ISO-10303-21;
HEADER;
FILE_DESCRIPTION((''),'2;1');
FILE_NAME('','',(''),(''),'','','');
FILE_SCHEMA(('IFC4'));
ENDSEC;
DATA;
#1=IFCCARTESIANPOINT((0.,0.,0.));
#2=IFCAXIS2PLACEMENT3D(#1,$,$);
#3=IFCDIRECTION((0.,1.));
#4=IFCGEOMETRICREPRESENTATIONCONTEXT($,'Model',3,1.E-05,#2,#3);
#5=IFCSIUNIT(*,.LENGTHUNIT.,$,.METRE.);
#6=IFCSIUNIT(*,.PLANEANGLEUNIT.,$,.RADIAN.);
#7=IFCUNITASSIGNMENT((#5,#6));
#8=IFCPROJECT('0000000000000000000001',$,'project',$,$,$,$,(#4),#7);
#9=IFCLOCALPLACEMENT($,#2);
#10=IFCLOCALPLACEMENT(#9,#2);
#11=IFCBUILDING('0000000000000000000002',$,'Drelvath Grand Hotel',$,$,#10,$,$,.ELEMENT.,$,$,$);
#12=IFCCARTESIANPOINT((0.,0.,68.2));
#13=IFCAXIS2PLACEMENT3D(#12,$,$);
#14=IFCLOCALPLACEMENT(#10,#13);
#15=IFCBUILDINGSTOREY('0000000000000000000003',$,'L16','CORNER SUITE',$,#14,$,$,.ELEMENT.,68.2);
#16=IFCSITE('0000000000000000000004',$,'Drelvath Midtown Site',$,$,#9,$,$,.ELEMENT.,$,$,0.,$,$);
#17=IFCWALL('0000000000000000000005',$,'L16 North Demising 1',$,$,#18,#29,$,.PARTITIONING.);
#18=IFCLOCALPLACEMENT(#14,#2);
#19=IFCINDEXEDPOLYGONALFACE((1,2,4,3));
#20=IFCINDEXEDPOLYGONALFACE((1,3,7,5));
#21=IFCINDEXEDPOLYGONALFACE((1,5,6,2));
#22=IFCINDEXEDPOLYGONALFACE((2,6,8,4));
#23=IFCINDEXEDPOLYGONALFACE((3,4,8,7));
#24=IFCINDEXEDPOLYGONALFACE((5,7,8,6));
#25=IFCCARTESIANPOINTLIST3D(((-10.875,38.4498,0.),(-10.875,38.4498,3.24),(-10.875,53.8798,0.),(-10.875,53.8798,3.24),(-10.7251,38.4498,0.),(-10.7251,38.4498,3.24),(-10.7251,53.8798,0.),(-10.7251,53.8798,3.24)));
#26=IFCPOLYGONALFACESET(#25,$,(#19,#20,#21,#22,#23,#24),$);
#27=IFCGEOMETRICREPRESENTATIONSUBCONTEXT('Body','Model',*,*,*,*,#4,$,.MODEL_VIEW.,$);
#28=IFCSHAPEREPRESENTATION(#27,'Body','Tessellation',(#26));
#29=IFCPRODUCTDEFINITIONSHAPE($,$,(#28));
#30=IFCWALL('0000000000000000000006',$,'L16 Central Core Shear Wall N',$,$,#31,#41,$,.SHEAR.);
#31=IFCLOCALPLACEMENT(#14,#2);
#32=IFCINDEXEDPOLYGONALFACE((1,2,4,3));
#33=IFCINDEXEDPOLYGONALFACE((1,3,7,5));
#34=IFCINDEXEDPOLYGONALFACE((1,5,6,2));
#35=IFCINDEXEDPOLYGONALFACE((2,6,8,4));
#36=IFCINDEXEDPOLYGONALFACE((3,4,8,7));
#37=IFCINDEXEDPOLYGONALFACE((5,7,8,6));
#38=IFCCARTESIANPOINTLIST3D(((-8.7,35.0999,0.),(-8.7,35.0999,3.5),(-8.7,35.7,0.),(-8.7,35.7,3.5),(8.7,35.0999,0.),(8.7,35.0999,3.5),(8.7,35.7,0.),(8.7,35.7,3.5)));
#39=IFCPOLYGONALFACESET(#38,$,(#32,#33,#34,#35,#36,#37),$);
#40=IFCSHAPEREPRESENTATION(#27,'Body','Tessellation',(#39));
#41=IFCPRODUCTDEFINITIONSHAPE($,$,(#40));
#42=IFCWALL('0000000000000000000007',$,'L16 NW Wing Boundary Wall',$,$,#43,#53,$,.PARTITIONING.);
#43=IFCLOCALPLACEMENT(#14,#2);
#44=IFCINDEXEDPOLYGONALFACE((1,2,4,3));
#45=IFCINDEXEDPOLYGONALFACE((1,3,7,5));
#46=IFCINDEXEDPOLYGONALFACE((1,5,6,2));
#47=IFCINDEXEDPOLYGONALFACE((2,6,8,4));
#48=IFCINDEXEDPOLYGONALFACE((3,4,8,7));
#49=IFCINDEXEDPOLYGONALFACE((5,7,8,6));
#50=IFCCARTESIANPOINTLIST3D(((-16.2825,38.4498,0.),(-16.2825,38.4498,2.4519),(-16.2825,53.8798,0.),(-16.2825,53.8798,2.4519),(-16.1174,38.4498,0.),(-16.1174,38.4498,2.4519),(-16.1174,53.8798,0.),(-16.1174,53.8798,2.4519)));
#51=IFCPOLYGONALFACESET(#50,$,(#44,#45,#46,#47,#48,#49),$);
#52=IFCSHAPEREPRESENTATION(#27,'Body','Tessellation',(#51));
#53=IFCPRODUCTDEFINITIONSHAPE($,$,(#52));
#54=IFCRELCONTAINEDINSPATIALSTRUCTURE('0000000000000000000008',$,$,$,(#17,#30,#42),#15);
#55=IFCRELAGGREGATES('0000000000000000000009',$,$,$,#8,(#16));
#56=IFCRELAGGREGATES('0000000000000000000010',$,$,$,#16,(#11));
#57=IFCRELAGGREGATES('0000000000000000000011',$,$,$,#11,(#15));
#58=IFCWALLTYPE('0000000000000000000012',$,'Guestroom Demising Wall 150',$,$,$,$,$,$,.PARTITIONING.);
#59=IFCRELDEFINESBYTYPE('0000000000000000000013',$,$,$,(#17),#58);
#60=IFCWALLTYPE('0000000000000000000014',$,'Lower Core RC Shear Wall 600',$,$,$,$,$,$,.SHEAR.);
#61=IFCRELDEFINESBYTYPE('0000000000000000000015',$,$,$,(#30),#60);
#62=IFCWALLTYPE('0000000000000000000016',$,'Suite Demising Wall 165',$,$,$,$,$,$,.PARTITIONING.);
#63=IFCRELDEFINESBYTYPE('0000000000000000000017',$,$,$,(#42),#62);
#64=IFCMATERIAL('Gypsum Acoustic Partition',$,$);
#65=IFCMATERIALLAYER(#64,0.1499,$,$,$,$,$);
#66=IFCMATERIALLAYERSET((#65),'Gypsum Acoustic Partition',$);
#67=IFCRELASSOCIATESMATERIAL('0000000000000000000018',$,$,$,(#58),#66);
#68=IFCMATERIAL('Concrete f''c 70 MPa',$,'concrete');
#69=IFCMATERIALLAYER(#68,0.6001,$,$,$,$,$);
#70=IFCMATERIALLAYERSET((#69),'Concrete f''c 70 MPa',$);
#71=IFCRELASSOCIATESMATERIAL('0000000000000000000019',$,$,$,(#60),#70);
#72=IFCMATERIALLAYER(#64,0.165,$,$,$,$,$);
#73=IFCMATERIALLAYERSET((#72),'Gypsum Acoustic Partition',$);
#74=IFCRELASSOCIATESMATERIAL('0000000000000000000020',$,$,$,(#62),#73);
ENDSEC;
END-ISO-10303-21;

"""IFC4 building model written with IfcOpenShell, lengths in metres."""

from ifc_helpers import new_model, si_unit, direction, frame, frame_2d, origin, place, context, subcontext, project, spatial, rectangle, extrude, material, layer, layer_set, type_object, element, save


model = new_model("IFC4")

# Units and contexts
model_context = context("Model", 3, precision=1e-05, world=origin(), true_north=direction((0.0, 1.0)))
body_context = subcontext(model_context, "Body", "Model", "MODEL_VIEW")
ifc_project = project(units=[si_unit("LENGTHUNIT", "METRE"), si_unit("PLANEANGLEUNIT", "RADIAN")], contexts=[model_context])

# Site, building, storey
site_placement = place(None, origin())
site = spatial("IfcSite", under=ifc_project, at=site_placement, Name="Drelvath Midtown Site", CompositionType="ELEMENT", RefElevation=0.0)
building_placement = place(site_placement, origin())
building = spatial("IfcBuilding", under=site, at=building_placement, Name="Drelvath Grand Hotel", CompositionType="ELEMENT")
storey_placement = place(building_placement, frame((0.0, 0.0, 68.2)))
storey = spatial("IfcBuildingStorey", under=building, at=storey_placement, Name="L16", Description="CORNER SUITE", CompositionType="ELEMENT", Elevation=68.2)

# Shared definitions
ifc_material_1 = material(Name="Concrete f'c 70 MPa", Category="concrete")

# Walls
ifc_material_2 = material(Name="Gypsum Acoustic Partition")
ifc_layer_1 = layer(ifc_material_2, 0.1499)
ifc_layer_set_1 = layer_set([ifc_layer_1], Name="Gypsum Acoustic Partition")
wall_type_1 = type_object("IfcWallType", Name="Guestroom Demising Wall 150", PredefinedType="PARTITIONING", material=ifc_layer_set_1)
wall_1_placement = place(storey_placement, frame((-10.8, 38.45, 0.0), z_axis=(0.0, 0.0, 1.0), x_axis=(0.0, 1.0, 0.0)))
element("IfcWall", 1, at=wall_1_placement, inside=storey, type_object=wall_type_1, Name="L16 North Demising 1", PredefinedType="PARTITIONING", context=body_context, shape_type="SweptSolid", body=[
    extrude(rectangle(XDim=15.4299, YDim=0.1499, at=frame_2d((7.7148, 0.0))), origin(), (0.0, 0.0, 1.0), 3.24),
])
ifc_layer_2 = layer(ifc_material_1, 0.6001)
ifc_layer_set_2 = layer_set([ifc_layer_2], Name="Concrete f'c 70 MPa")
wall_type_2 = type_object("IfcWallType", Name="Lower Core RC Shear Wall 600", PredefinedType="SHEAR", material=ifc_layer_set_2)
wall_2_placement = place(storey_placement, frame((-8.7, 35.3999, 0.0), z_axis=(0.0, 0.0, 1.0), x_axis=(1.0, 0.0, 0.0)))
element("IfcWall", 2, at=wall_2_placement, inside=storey, type_object=wall_type_2, Name="L16 Central Core Shear Wall N", PredefinedType="SHEAR", context=body_context, shape_type="SweptSolid", body=[
    extrude(rectangle(XDim=17.3999, YDim=0.6001, at=frame_2d((8.7, 0.0))), origin(), (0.0, 0.0, 1.0), 3.5),
])
ifc_layer_3 = layer(ifc_material_2, 0.165)
ifc_layer_set_3 = layer_set([ifc_layer_3], Name="Gypsum Acoustic Partition")
wall_type_3 = type_object("IfcWallType", Name="Suite Demising Wall 165", PredefinedType="PARTITIONING", material=ifc_layer_set_3)
wall_3_placement = place(storey_placement, frame((-16.2, 38.45, 0.0), z_axis=(0.0, 0.0, 1.0), x_axis=(0.0, 1.0, 0.0)))
element("IfcWall", 3, at=wall_3_placement, inside=storey, type_object=wall_type_3, Name="L16 NW Wing Boundary Wall", PredefinedType="PARTITIONING", context=body_context, shape_type="SweptSolid", body=[
    extrude(rectangle(XDim=15.4299, YDim=0.165, at=frame_2d((7.7148, 0.0))), origin(), (0.0, 0.0, 1.0), 2.4519),
])

save(model, "model.ifc")
